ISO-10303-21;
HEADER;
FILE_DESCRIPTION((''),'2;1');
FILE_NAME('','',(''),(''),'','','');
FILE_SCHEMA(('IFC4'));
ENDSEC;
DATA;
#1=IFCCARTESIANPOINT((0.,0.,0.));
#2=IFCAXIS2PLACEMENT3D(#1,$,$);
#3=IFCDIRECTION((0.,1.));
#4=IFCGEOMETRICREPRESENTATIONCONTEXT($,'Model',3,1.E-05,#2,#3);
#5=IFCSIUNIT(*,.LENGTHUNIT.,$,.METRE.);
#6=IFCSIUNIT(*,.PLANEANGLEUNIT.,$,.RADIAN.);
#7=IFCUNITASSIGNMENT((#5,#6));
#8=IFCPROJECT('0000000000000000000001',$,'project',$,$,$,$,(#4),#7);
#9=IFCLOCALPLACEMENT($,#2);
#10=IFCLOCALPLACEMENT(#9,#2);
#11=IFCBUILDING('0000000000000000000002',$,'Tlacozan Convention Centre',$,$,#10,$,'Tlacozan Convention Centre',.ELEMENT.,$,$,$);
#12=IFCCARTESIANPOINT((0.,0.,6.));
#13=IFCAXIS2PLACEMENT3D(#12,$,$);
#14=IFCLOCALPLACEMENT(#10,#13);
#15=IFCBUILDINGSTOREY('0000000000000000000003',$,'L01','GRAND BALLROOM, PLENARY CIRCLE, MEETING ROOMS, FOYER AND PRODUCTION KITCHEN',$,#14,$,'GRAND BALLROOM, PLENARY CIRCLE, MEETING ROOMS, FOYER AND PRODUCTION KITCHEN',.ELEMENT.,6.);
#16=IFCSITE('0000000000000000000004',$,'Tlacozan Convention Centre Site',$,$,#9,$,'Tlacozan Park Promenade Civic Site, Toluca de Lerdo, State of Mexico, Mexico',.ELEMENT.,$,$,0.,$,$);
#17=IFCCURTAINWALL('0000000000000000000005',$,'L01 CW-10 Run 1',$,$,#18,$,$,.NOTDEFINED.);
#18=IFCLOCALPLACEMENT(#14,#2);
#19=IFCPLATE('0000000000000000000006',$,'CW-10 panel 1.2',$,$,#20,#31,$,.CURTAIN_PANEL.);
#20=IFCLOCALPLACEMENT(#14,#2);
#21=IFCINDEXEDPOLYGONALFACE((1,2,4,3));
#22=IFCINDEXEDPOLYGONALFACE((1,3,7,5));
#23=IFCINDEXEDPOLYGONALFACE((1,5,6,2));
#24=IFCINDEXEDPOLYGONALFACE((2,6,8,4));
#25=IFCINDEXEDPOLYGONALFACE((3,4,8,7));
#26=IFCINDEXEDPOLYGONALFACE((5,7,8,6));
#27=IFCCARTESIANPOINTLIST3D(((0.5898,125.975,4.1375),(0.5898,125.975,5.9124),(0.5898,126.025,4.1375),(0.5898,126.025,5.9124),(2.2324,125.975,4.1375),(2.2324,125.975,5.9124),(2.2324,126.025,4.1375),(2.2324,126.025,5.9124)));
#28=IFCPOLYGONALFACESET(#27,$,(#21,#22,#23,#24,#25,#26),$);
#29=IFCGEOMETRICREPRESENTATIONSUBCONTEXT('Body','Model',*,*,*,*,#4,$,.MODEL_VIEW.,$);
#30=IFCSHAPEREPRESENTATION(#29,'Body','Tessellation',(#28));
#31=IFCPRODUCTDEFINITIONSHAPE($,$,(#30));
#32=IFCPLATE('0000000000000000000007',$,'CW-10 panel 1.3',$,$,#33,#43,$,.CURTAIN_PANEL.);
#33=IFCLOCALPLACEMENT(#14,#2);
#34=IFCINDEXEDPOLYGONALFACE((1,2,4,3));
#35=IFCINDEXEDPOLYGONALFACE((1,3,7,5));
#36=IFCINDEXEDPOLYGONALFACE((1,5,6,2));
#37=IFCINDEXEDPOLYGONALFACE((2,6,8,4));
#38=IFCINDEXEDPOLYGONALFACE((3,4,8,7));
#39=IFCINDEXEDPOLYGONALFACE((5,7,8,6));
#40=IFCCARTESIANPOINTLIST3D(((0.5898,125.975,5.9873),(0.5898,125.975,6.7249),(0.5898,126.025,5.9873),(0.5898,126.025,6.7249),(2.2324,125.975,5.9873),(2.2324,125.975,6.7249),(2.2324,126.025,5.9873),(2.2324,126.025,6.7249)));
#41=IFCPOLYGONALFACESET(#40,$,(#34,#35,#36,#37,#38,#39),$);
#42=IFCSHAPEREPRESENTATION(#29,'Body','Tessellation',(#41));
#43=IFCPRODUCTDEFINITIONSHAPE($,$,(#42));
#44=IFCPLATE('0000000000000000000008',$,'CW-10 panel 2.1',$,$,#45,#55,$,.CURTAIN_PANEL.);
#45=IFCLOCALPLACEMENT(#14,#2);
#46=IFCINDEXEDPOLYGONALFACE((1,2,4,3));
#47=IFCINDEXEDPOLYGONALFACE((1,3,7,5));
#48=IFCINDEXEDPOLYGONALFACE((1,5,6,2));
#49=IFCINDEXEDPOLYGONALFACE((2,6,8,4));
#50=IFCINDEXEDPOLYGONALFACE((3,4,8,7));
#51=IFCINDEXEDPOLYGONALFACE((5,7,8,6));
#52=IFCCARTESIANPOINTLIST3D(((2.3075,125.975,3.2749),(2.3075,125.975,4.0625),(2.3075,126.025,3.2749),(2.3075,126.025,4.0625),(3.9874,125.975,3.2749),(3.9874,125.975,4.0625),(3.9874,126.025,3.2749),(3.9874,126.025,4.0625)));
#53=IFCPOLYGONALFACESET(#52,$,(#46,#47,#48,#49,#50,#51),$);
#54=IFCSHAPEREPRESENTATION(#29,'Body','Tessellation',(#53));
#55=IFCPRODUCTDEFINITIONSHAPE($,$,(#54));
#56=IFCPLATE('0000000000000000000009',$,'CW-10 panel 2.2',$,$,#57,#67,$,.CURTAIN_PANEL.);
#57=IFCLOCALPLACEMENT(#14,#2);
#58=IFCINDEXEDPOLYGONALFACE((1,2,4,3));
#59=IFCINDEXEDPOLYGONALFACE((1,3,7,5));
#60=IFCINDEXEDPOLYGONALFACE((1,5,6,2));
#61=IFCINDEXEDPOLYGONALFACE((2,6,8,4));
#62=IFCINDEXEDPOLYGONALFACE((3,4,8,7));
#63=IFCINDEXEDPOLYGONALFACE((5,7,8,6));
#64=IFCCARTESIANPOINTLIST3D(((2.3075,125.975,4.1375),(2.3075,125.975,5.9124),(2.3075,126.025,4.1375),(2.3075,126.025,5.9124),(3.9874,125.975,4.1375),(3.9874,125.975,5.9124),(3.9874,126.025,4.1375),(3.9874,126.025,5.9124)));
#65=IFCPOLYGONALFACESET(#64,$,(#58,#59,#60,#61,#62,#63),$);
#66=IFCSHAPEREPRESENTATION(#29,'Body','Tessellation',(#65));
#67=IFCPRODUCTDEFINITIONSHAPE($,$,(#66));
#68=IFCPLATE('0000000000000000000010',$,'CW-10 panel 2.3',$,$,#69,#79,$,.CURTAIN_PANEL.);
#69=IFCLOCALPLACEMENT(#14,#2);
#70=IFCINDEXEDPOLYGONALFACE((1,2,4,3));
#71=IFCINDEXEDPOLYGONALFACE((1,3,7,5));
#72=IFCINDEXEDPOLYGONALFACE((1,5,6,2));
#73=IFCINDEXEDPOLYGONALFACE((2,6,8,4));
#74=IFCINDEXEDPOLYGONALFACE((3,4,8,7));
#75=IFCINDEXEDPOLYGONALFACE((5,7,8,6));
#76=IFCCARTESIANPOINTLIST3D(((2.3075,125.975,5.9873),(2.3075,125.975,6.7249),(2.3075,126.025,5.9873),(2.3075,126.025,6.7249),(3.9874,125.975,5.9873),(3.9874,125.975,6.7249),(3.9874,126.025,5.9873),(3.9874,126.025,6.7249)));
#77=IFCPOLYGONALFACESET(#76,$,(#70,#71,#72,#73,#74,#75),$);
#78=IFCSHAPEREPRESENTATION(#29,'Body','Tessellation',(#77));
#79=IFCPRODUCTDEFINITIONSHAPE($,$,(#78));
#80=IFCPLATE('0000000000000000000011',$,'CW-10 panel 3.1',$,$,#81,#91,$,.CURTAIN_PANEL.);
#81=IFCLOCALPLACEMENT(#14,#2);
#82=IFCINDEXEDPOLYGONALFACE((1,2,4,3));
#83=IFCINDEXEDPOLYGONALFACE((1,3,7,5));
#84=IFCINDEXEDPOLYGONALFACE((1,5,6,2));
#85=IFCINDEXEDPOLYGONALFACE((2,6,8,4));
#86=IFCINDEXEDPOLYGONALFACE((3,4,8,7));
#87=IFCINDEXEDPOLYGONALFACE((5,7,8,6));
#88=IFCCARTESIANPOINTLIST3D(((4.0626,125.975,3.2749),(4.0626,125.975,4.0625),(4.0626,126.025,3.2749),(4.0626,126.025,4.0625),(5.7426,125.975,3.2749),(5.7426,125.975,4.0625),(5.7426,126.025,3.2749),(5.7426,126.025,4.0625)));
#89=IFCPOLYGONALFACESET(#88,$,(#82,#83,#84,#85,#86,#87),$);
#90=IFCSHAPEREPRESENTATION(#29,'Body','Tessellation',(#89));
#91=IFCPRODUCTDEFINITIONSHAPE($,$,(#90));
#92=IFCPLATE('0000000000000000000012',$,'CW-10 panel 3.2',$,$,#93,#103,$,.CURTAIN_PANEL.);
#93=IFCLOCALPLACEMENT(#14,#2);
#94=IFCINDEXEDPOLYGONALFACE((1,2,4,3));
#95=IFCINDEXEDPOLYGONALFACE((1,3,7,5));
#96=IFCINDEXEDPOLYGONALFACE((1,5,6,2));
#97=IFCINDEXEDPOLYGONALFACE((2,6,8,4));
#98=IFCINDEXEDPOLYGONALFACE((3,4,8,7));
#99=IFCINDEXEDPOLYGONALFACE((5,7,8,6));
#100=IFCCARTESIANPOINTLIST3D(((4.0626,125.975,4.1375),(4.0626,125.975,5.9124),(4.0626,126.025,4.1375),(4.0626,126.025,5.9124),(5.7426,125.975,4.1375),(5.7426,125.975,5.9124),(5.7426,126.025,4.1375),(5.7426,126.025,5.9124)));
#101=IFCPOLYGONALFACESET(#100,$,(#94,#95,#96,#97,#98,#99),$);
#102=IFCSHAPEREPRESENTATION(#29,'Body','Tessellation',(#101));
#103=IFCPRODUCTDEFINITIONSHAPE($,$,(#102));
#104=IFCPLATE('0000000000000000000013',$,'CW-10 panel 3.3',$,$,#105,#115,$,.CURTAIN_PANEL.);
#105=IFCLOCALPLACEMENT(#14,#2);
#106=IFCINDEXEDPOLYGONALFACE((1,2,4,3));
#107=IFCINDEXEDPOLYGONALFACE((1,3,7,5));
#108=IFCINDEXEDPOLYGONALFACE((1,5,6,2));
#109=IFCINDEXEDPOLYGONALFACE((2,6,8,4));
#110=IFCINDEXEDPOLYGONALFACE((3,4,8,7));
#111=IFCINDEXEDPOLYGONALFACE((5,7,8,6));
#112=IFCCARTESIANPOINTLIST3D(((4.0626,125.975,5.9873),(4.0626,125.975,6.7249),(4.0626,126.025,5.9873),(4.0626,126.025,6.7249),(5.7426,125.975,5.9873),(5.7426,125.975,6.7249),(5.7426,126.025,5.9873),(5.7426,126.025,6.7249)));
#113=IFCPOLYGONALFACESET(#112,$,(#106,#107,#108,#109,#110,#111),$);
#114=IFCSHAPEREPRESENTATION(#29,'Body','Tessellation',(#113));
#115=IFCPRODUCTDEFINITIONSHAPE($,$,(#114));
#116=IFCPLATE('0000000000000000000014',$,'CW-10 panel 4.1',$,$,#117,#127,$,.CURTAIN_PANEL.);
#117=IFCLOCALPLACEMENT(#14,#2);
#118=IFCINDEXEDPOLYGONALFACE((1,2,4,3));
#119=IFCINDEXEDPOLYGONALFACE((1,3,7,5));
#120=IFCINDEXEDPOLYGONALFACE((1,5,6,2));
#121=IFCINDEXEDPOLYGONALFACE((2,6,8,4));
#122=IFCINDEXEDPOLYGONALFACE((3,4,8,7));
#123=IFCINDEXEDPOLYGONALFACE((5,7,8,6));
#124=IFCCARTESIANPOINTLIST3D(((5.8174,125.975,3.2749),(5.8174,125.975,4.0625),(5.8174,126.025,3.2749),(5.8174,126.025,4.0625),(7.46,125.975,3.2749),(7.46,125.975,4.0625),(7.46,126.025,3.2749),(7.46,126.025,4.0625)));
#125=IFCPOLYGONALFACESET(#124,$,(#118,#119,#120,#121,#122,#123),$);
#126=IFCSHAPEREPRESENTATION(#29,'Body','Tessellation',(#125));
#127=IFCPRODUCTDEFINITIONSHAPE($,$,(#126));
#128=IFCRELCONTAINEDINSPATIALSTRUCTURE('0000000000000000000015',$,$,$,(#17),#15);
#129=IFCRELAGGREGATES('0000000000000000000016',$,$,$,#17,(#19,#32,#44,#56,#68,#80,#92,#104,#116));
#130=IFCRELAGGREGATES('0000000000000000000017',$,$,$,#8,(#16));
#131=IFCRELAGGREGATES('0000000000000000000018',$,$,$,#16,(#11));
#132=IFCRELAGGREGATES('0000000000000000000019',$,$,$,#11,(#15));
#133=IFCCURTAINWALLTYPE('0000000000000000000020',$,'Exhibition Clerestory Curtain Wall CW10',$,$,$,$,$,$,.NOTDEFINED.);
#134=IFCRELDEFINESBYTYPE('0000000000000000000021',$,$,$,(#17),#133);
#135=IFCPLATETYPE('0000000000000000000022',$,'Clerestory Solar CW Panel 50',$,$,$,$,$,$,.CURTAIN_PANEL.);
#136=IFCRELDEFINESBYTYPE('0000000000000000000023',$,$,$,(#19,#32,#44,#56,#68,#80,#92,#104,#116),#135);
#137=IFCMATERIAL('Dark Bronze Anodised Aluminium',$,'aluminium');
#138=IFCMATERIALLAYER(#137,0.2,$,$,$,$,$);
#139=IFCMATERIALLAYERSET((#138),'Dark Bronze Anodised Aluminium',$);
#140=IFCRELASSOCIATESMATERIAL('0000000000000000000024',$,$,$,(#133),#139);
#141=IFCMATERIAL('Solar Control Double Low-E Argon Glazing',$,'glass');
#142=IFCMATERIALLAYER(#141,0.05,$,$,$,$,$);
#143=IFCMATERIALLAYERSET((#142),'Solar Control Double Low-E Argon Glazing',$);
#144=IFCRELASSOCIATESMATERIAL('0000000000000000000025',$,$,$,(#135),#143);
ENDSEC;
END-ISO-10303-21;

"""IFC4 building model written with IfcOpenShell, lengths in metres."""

from ifc_helpers import new_model, si_unit, direction, frame, origin, origin_2d, place, context, subcontext, project, spatial, rectangle, extrude, material, layer, layer_set, type_object, element, aggregate, save


model = new_model("IFC4")

# Units and contexts
model_context = context("Model", 3, precision=1e-05, world=origin(), true_north=direction((0.0, 1.0)))
body_context = subcontext(model_context, "Body", "Model", "MODEL_VIEW")
ifc_project = project(units=[si_unit("LENGTHUNIT", "METRE"), si_unit("PLANEANGLEUNIT", "RADIAN")], contexts=[model_context])

# Site, building, storey
site_placement = place(None, origin())
site = spatial("IfcSite", under=ifc_project, at=site_placement, Name="Tlacozan Convention Centre Site", LongName="Tlacozan Park Promenade Civic Site, Toluca de Lerdo, State of Mexico, Mexico", CompositionType="ELEMENT", RefElevation=0.0)
building_placement = place(site_placement, origin())
building = spatial("IfcBuilding", under=site, at=building_placement, Name="Tlacozan Convention Centre", LongName="Tlacozan Convention Centre", CompositionType="ELEMENT")
storey_placement = place(building_placement, frame((0.0, 0.0, 6.0)))
storey = spatial("IfcBuildingStorey", under=building, at=storey_placement, Name="L01", Description="GRAND BALLROOM, PLENARY CIRCLE, MEETING ROOMS, FOYER AND PRODUCTION KITCHEN", LongName="GRAND BALLROOM, PLENARY CIRCLE, MEETING ROOMS, FOYER AND PRODUCTION KITCHEN", CompositionType="ELEMENT", Elevation=6.0)

# Curtain wall, plates
ifc_material_1 = material(Name="Dark Bronze Anodised Aluminium", Category="aluminium")
ifc_layer_1 = layer(ifc_material_1, 0.2)
ifc_layer_set_1 = layer_set([ifc_layer_1], Name="Dark Bronze Anodised Aluminium")
curtain_wall_type = type_object("IfcCurtainWallType", Name="Exhibition Clerestory Curtain Wall CW10", PredefinedType="NOTDEFINED", material=ifc_layer_set_1)
curtain_wall_placement = place(storey_placement, origin())
curtain_wall = element("IfcCurtainWall", 1, at=curtain_wall_placement, inside=storey, type_object=curtain_wall_type, Name="L01 CW-10 Run 1", PredefinedType="NOTDEFINED")
ifc_material_2 = material(Name="Solar Control Double Low-E Argon Glazing", Category="glass")
ifc_layer_2 = layer(ifc_material_2, 0.05)
ifc_layer_set_2 = layer_set([ifc_layer_2], Name="Solar Control Double Low-E Argon Glazing")
plate_type = type_object("IfcPlateType", Name="Clerestory Solar CW Panel 50", PredefinedType="CURTAIN_PANEL", material=ifc_layer_set_2)
plate_1_placement = place(storey_placement, frame((1.4111, 126.0, 4.1375), z_axis=(0.0, 0.0, 1.0), x_axis=(1.0, 0.0, 0.0)))
plate_1 = element("IfcPlate", 2, at=plate_1_placement, type_object=plate_type, Name="CW-10 panel 1.2", PredefinedType="CURTAIN_PANEL", context=body_context, shape_type="SweptSolid", body=[
    extrude(rectangle(XDim=1.6426, YDim=0.05, at=origin_2d()), origin(), (0.0, 0.0, 1.0), 1.7749),
])
plate_2_placement = place(storey_placement, frame((1.4111, 126.0, 5.9873), z_axis=(0.0, 0.0, 1.0), x_axis=(1.0, 0.0, 0.0)))
plate_2 = element("IfcPlate", 3, at=plate_2_placement, type_object=plate_type, Name="CW-10 panel 1.3", PredefinedType="CURTAIN_PANEL", context=body_context, shape_type="SweptSolid", body=[
    extrude(rectangle(XDim=1.6426, YDim=0.05, at=origin_2d()), origin(), (0.0, 0.0, 1.0), 0.7375),
])
plate_3_placement = place(storey_placement, frame((3.1475, 126.0, 3.2749), z_axis=(0.0, 0.0, 1.0), x_axis=(1.0, 0.0, 0.0)))
plate_3 = element("IfcPlate", 4, at=plate_3_placement, type_object=plate_type, Name="CW-10 panel 2.1", PredefinedType="CURTAIN_PANEL", context=body_context, shape_type="SweptSolid", body=[
    extrude(rectangle(XDim=1.6799, YDim=0.05, at=origin_2d()), origin(), (0.0, 0.0, 1.0), 0.7876),
])
plate_4_placement = place(storey_placement, frame((3.1475, 126.0, 4.1375), z_axis=(0.0, 0.0, 1.0), x_axis=(1.0, 0.0, 0.0)))
plate_4 = element("IfcPlate", 5, at=plate_4_placement, type_object=plate_type, Name="CW-10 panel 2.2", PredefinedType="CURTAIN_PANEL", context=body_context, shape_type="SweptSolid", body=[
    extrude(rectangle(XDim=1.6799, YDim=0.05, at=origin_2d()), origin(), (0.0, 0.0, 1.0), 1.7749),
])
plate_5_placement = place(storey_placement, frame((3.1475, 126.0, 5.9873), z_axis=(0.0, 0.0, 1.0), x_axis=(1.0, 0.0, 0.0)))
plate_5 = element("IfcPlate", 6, at=plate_5_placement, type_object=plate_type, Name="CW-10 panel 2.3", PredefinedType="CURTAIN_PANEL", context=body_context, shape_type="SweptSolid", body=[
    extrude(rectangle(XDim=1.6799, YDim=0.05, at=origin_2d()), origin(), (0.0, 0.0, 1.0), 0.7375),
])
plate_6_placement = place(storey_placement, frame((4.9026, 126.0, 3.2749), z_axis=(0.0, 0.0, 1.0), x_axis=(1.0, 0.0, 0.0)))
plate_6 = element("IfcPlate", 7, at=plate_6_placement, type_object=plate_type, Name="CW-10 panel 3.1", PredefinedType="CURTAIN_PANEL", context=body_context, shape_type="SweptSolid", body=[
    extrude(rectangle(XDim=1.6799, YDim=0.05, at=origin_2d()), origin(), (0.0, 0.0, 1.0), 0.7876),
])
plate_7_placement = place(storey_placement, frame((4.9026, 126.0, 4.1375), z_axis=(0.0, 0.0, 1.0), x_axis=(1.0, 0.0, 0.0)))
plate_7 = element("IfcPlate", 8, at=plate_7_placement, type_object=plate_type, Name="CW-10 panel 3.2", PredefinedType="CURTAIN_PANEL", context=body_context, shape_type="SweptSolid", body=[
    extrude(rectangle(XDim=1.6799, YDim=0.05, at=origin_2d()), origin(), (0.0, 0.0, 1.0), 1.7749),
])
plate_8_placement = place(storey_placement, frame((4.9026, 126.0, 5.9873), z_axis=(0.0, 0.0, 1.0), x_axis=(1.0, 0.0, 0.0)))
plate_8 = element("IfcPlate", 9, at=plate_8_placement, type_object=plate_type, Name="CW-10 panel 3.3", PredefinedType="CURTAIN_PANEL", context=body_context, shape_type="SweptSolid", body=[
    extrude(rectangle(XDim=1.6799, YDim=0.05, at=origin_2d()), origin(), (0.0, 0.0, 1.0), 0.7375),
])
plate_9_placement = place(storey_placement, frame((6.6387, 126.0, 3.2749), z_axis=(0.0, 0.0, 1.0), x_axis=(1.0, 0.0, 0.0)))
plate_9 = element("IfcPlate", 10, at=plate_9_placement, type_object=plate_type, Name="CW-10 panel 4.1", PredefinedType="CURTAIN_PANEL", context=body_context, shape_type="SweptSolid", body=[
    extrude(rectangle(XDim=1.6426, YDim=0.05, at=origin_2d()), origin(), (0.0, 0.0, 1.0), 0.7876),
])
aggregate(curtain_wall, [plate_1, plate_2, plate_3, plate_4, plate_5, plate_6, plate_7, plate_8, plate_9])

save(model, "model.ifc")
